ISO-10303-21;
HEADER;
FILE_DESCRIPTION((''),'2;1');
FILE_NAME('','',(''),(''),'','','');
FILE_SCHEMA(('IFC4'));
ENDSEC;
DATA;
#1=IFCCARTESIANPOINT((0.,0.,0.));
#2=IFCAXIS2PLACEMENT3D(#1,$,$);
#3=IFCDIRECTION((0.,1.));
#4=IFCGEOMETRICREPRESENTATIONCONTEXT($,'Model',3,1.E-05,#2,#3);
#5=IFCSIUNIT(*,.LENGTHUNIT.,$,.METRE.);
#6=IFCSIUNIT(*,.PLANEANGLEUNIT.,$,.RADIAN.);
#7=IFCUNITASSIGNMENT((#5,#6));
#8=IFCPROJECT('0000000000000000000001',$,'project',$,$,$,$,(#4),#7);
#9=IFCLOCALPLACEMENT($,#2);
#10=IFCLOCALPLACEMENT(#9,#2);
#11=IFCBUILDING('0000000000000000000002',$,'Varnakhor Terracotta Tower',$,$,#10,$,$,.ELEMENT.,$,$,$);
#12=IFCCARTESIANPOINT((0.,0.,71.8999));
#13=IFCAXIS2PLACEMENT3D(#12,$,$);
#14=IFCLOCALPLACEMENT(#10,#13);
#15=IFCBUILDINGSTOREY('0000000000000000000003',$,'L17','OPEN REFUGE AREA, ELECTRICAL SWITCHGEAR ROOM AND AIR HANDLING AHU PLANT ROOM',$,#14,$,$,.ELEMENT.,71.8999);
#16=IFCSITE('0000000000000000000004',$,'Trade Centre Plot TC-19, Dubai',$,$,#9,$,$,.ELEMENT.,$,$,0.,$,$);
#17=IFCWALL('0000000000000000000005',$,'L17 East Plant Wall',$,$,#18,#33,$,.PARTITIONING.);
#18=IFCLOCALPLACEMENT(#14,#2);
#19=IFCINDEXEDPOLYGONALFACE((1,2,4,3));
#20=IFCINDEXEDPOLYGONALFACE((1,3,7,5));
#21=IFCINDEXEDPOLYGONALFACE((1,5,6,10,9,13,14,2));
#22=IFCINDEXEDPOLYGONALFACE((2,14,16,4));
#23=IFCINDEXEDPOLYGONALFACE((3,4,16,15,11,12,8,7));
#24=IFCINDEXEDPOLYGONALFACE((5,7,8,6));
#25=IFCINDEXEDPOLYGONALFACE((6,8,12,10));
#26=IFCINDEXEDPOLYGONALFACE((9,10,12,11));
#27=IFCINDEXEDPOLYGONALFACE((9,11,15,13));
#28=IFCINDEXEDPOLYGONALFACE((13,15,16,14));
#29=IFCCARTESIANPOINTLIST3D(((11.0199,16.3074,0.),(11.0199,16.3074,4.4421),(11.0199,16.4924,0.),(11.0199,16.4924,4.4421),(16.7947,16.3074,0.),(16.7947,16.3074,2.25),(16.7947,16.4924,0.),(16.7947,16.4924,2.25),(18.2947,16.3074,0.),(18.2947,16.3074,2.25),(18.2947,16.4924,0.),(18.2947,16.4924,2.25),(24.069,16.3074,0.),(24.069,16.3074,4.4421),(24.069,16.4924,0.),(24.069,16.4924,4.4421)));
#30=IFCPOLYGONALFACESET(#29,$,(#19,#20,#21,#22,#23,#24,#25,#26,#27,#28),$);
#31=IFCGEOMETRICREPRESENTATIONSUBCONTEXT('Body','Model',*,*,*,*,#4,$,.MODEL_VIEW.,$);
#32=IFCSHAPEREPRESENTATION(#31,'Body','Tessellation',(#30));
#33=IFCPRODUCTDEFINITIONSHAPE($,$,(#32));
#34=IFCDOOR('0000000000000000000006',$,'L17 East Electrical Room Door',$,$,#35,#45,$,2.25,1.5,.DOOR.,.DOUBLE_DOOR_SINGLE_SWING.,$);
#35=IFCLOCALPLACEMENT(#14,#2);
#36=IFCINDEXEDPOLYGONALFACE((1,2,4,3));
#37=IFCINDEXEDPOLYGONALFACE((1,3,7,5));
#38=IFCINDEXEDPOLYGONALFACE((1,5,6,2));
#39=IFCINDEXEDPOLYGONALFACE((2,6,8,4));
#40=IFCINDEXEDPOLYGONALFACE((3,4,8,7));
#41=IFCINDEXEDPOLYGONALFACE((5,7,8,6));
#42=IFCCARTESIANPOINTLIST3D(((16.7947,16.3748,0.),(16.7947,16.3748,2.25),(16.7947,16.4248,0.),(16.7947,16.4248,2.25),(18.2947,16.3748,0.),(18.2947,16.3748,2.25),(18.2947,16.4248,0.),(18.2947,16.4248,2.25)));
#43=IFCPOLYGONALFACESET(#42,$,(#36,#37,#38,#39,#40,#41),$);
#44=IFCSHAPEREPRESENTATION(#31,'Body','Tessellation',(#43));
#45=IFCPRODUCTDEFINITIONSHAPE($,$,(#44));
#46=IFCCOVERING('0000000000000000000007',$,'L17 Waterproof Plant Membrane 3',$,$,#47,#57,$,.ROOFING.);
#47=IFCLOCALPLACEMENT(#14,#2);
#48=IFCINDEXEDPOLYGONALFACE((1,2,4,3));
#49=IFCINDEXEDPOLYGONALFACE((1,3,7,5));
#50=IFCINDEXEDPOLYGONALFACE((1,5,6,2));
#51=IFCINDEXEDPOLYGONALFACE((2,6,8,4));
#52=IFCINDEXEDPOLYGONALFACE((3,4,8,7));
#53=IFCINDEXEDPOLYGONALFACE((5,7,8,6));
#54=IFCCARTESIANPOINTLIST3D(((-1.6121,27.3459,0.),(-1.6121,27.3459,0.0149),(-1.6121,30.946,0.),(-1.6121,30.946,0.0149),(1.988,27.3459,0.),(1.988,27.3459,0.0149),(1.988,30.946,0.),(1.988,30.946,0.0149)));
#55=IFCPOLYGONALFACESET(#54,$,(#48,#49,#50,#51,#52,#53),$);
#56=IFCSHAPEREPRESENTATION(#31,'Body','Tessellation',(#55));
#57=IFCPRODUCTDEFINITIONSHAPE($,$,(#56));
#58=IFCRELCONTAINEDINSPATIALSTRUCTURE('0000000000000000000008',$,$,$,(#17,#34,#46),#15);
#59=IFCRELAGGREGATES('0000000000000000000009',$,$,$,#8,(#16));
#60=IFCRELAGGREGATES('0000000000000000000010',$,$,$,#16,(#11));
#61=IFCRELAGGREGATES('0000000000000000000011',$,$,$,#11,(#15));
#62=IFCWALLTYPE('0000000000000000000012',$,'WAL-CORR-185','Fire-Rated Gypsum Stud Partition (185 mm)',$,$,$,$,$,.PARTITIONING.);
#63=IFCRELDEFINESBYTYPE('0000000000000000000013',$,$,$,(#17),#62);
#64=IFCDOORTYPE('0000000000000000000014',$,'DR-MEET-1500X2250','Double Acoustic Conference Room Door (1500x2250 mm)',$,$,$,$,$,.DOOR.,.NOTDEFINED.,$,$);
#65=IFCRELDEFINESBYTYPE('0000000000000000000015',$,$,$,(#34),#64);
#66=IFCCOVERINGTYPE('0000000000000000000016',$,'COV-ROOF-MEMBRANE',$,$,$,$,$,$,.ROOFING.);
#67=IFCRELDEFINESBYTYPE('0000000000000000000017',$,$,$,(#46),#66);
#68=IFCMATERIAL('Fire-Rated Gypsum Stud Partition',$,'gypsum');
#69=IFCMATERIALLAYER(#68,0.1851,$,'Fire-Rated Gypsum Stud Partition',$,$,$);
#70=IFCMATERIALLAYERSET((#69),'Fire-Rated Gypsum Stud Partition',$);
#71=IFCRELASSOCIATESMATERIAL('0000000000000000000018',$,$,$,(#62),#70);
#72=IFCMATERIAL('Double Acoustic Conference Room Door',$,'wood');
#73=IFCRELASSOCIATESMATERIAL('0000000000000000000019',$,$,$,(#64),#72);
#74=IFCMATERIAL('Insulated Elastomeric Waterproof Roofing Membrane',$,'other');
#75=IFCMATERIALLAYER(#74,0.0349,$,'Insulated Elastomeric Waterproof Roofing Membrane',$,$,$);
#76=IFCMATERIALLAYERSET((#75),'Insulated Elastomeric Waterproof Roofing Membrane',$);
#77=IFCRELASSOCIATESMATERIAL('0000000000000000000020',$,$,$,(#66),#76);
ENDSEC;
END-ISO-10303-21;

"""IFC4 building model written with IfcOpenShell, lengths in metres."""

from ifc_helpers import new_model, si_unit, direction, frame, frame_2d, origin, origin_2d, place, context, subcontext, project, spatial, rectangle, extrude, source, transform, mapped, material, layer, layer_set, type_object, type_shapes, element, fill, save


model = new_model("IFC4")

# Units and contexts
model_context = context("Model", 3, precision=1e-05, world=origin(), true_north=direction((0.0, 1.0)))
body_context = subcontext(model_context, "Body", "Model", "MODEL_VIEW")
ifc_project = project(units=[si_unit("LENGTHUNIT", "METRE"), si_unit("PLANEANGLEUNIT", "RADIAN")], contexts=[model_context])

# Site, building, storey
site_placement = place(None, origin())
site = spatial("IfcSite", under=ifc_project, at=site_placement, Name="Trade Centre Plot TC-19, Dubai", CompositionType="ELEMENT", RefElevation=0.0)
building_placement = place(site_placement, origin())
building = spatial("IfcBuilding", under=site, at=building_placement, Name="Varnakhor Terracotta Tower", CompositionType="ELEMENT")
storey_placement = place(building_placement, frame((0.0, 0.0, 71.8999)))
storey = spatial("IfcBuildingStorey", under=building, at=storey_placement, Name="L17", Description="OPEN REFUGE AREA, ELECTRICAL SWITCHGEAR ROOM AND AIR HANDLING AHU PLANT ROOM", CompositionType="ELEMENT", Elevation=71.8999)

# Wall, opening, door
ifc_material_1 = material(Name="Fire-Rated Gypsum Stud Partition", Category="gypsum")
ifc_layer_1 = layer(ifc_material_1, 0.1851, Name="Fire-Rated Gypsum Stud Partition")
ifc_layer_set_1 = layer_set([ifc_layer_1], Name="Fire-Rated Gypsum Stud Partition")
wall_type = type_object("IfcWallType", Name="WAL-CORR-185", Description="Fire-Rated Gypsum Stud Partition (185 mm)", PredefinedType="PARTITIONING", material=ifc_layer_set_1)
wall_placement = place(storey_placement, frame((11.02, 16.3999, 0.0), z_axis=(0.0, 0.0, 1.0), x_axis=(1.0, 0.0, 0.0)))
wall = element("IfcWall", 1, at=wall_placement, inside=storey, type_object=wall_type, Name="L17 East Plant Wall", PredefinedType="PARTITIONING", context=body_context, shape_type="SweptSolid", body=[
    extrude(rectangle(XDim=13.0491, YDim=0.1851, at=frame_2d((6.5244, 0.0))), origin(), (0.0, 0.0, 1.0), 4.4421),
])
opening_placement = place(wall_placement, frame((5.7747, 0.0, 0.0)))
opening = element("IfcOpeningElement", 2, at=opening_placement, cuts=wall, PredefinedType="OPENING", context=body_context, shape_type="SweptSolid", body=[
    extrude(rectangle(XDim=1.5, YDim=2.25, at=frame_2d((0.75, 1.125))), frame((0.0, 0.1025, 0.0), z_axis=(0.0, -1.0, 0.0), x_axis=(1.0, 0.0, 0.0)), (0.0, 0.0, 1.0), 0.2051),
])
ifc_material_2 = material(Name="Double Acoustic Conference Room Door", Category="wood")
door_type = type_object("IfcDoorType", Name="DR-MEET-1500X2250", Description="Double Acoustic Conference Room Door (1500x2250 mm)", OperationType="NOTDEFINED", PredefinedType="DOOR", material=ifc_material_2)
shared_shape_1 = source(origin(), body_context, "Body", "SweptSolid", [
    extrude(rectangle(XDim=1.5, YDim=2.25, at=frame_2d((0.75, 1.125))), frame((0.0, 0.0249, 0.0), z_axis=(0.0, -1.0, 0.0), x_axis=(1.0, 0.0, 0.0)), (0.0, 0.0, 1.0), 0.05),
])
type_shapes(door_type, [shared_shape_1])
door_placement = place(opening_placement, origin())
door = element("IfcDoor", 3, at=door_placement, inside=storey, type_object=door_type, Name="L17 East Electrical Room Door", OperationType="DOUBLE_DOOR_SINGLE_SWING", OverallHeight=2.25, OverallWidth=1.5, PredefinedType="DOOR", context=body_context, shape_type="MappedRepresentation", body=[
    mapped(shared_shape_1, transform((0.0, 0.0, 0.0), scale=1.0)),
])
fill(opening, door)

# Covering
ifc_material_3 = material(Name="Insulated Elastomeric Waterproof Roofing Membrane", Category="other")
ifc_layer_2 = layer(ifc_material_3, 0.0349, Name="Insulated Elastomeric Waterproof Roofing Membrane")
ifc_layer_set_2 = layer_set([ifc_layer_2], Name="Insulated Elastomeric Waterproof Roofing Membrane")
covering_type = type_object("IfcCoveringType", Name="COV-ROOF-MEMBRANE", PredefinedType="ROOFING", material=ifc_layer_set_2)
shared_shape_2 = source(origin(), body_context, "Body", "SweptSolid", [
    extrude(rectangle(XDim=3.6001, YDim=3.6001, at=origin_2d()), origin(), (0.0, 0.0, 1.0), 0.0149),
])
type_shapes(covering_type, [shared_shape_2])
covering_placement = place(storey_placement, frame((0.188, 29.146, 0.0), z_axis=(0.0, 0.0, 1.0), x_axis=(1.0, 0.0, 0.0)))
element("IfcCovering", 4, at=covering_placement, inside=storey, type_object=covering_type, Name="L17 Waterproof Plant Membrane 3", PredefinedType="ROOFING", context=body_context, shape_type="MappedRepresentation", body=[
    mapped(shared_shape_2, transform((0.0, 0.0, 0.0), scale=1.0)),
])

save(model, "model.ifc")
